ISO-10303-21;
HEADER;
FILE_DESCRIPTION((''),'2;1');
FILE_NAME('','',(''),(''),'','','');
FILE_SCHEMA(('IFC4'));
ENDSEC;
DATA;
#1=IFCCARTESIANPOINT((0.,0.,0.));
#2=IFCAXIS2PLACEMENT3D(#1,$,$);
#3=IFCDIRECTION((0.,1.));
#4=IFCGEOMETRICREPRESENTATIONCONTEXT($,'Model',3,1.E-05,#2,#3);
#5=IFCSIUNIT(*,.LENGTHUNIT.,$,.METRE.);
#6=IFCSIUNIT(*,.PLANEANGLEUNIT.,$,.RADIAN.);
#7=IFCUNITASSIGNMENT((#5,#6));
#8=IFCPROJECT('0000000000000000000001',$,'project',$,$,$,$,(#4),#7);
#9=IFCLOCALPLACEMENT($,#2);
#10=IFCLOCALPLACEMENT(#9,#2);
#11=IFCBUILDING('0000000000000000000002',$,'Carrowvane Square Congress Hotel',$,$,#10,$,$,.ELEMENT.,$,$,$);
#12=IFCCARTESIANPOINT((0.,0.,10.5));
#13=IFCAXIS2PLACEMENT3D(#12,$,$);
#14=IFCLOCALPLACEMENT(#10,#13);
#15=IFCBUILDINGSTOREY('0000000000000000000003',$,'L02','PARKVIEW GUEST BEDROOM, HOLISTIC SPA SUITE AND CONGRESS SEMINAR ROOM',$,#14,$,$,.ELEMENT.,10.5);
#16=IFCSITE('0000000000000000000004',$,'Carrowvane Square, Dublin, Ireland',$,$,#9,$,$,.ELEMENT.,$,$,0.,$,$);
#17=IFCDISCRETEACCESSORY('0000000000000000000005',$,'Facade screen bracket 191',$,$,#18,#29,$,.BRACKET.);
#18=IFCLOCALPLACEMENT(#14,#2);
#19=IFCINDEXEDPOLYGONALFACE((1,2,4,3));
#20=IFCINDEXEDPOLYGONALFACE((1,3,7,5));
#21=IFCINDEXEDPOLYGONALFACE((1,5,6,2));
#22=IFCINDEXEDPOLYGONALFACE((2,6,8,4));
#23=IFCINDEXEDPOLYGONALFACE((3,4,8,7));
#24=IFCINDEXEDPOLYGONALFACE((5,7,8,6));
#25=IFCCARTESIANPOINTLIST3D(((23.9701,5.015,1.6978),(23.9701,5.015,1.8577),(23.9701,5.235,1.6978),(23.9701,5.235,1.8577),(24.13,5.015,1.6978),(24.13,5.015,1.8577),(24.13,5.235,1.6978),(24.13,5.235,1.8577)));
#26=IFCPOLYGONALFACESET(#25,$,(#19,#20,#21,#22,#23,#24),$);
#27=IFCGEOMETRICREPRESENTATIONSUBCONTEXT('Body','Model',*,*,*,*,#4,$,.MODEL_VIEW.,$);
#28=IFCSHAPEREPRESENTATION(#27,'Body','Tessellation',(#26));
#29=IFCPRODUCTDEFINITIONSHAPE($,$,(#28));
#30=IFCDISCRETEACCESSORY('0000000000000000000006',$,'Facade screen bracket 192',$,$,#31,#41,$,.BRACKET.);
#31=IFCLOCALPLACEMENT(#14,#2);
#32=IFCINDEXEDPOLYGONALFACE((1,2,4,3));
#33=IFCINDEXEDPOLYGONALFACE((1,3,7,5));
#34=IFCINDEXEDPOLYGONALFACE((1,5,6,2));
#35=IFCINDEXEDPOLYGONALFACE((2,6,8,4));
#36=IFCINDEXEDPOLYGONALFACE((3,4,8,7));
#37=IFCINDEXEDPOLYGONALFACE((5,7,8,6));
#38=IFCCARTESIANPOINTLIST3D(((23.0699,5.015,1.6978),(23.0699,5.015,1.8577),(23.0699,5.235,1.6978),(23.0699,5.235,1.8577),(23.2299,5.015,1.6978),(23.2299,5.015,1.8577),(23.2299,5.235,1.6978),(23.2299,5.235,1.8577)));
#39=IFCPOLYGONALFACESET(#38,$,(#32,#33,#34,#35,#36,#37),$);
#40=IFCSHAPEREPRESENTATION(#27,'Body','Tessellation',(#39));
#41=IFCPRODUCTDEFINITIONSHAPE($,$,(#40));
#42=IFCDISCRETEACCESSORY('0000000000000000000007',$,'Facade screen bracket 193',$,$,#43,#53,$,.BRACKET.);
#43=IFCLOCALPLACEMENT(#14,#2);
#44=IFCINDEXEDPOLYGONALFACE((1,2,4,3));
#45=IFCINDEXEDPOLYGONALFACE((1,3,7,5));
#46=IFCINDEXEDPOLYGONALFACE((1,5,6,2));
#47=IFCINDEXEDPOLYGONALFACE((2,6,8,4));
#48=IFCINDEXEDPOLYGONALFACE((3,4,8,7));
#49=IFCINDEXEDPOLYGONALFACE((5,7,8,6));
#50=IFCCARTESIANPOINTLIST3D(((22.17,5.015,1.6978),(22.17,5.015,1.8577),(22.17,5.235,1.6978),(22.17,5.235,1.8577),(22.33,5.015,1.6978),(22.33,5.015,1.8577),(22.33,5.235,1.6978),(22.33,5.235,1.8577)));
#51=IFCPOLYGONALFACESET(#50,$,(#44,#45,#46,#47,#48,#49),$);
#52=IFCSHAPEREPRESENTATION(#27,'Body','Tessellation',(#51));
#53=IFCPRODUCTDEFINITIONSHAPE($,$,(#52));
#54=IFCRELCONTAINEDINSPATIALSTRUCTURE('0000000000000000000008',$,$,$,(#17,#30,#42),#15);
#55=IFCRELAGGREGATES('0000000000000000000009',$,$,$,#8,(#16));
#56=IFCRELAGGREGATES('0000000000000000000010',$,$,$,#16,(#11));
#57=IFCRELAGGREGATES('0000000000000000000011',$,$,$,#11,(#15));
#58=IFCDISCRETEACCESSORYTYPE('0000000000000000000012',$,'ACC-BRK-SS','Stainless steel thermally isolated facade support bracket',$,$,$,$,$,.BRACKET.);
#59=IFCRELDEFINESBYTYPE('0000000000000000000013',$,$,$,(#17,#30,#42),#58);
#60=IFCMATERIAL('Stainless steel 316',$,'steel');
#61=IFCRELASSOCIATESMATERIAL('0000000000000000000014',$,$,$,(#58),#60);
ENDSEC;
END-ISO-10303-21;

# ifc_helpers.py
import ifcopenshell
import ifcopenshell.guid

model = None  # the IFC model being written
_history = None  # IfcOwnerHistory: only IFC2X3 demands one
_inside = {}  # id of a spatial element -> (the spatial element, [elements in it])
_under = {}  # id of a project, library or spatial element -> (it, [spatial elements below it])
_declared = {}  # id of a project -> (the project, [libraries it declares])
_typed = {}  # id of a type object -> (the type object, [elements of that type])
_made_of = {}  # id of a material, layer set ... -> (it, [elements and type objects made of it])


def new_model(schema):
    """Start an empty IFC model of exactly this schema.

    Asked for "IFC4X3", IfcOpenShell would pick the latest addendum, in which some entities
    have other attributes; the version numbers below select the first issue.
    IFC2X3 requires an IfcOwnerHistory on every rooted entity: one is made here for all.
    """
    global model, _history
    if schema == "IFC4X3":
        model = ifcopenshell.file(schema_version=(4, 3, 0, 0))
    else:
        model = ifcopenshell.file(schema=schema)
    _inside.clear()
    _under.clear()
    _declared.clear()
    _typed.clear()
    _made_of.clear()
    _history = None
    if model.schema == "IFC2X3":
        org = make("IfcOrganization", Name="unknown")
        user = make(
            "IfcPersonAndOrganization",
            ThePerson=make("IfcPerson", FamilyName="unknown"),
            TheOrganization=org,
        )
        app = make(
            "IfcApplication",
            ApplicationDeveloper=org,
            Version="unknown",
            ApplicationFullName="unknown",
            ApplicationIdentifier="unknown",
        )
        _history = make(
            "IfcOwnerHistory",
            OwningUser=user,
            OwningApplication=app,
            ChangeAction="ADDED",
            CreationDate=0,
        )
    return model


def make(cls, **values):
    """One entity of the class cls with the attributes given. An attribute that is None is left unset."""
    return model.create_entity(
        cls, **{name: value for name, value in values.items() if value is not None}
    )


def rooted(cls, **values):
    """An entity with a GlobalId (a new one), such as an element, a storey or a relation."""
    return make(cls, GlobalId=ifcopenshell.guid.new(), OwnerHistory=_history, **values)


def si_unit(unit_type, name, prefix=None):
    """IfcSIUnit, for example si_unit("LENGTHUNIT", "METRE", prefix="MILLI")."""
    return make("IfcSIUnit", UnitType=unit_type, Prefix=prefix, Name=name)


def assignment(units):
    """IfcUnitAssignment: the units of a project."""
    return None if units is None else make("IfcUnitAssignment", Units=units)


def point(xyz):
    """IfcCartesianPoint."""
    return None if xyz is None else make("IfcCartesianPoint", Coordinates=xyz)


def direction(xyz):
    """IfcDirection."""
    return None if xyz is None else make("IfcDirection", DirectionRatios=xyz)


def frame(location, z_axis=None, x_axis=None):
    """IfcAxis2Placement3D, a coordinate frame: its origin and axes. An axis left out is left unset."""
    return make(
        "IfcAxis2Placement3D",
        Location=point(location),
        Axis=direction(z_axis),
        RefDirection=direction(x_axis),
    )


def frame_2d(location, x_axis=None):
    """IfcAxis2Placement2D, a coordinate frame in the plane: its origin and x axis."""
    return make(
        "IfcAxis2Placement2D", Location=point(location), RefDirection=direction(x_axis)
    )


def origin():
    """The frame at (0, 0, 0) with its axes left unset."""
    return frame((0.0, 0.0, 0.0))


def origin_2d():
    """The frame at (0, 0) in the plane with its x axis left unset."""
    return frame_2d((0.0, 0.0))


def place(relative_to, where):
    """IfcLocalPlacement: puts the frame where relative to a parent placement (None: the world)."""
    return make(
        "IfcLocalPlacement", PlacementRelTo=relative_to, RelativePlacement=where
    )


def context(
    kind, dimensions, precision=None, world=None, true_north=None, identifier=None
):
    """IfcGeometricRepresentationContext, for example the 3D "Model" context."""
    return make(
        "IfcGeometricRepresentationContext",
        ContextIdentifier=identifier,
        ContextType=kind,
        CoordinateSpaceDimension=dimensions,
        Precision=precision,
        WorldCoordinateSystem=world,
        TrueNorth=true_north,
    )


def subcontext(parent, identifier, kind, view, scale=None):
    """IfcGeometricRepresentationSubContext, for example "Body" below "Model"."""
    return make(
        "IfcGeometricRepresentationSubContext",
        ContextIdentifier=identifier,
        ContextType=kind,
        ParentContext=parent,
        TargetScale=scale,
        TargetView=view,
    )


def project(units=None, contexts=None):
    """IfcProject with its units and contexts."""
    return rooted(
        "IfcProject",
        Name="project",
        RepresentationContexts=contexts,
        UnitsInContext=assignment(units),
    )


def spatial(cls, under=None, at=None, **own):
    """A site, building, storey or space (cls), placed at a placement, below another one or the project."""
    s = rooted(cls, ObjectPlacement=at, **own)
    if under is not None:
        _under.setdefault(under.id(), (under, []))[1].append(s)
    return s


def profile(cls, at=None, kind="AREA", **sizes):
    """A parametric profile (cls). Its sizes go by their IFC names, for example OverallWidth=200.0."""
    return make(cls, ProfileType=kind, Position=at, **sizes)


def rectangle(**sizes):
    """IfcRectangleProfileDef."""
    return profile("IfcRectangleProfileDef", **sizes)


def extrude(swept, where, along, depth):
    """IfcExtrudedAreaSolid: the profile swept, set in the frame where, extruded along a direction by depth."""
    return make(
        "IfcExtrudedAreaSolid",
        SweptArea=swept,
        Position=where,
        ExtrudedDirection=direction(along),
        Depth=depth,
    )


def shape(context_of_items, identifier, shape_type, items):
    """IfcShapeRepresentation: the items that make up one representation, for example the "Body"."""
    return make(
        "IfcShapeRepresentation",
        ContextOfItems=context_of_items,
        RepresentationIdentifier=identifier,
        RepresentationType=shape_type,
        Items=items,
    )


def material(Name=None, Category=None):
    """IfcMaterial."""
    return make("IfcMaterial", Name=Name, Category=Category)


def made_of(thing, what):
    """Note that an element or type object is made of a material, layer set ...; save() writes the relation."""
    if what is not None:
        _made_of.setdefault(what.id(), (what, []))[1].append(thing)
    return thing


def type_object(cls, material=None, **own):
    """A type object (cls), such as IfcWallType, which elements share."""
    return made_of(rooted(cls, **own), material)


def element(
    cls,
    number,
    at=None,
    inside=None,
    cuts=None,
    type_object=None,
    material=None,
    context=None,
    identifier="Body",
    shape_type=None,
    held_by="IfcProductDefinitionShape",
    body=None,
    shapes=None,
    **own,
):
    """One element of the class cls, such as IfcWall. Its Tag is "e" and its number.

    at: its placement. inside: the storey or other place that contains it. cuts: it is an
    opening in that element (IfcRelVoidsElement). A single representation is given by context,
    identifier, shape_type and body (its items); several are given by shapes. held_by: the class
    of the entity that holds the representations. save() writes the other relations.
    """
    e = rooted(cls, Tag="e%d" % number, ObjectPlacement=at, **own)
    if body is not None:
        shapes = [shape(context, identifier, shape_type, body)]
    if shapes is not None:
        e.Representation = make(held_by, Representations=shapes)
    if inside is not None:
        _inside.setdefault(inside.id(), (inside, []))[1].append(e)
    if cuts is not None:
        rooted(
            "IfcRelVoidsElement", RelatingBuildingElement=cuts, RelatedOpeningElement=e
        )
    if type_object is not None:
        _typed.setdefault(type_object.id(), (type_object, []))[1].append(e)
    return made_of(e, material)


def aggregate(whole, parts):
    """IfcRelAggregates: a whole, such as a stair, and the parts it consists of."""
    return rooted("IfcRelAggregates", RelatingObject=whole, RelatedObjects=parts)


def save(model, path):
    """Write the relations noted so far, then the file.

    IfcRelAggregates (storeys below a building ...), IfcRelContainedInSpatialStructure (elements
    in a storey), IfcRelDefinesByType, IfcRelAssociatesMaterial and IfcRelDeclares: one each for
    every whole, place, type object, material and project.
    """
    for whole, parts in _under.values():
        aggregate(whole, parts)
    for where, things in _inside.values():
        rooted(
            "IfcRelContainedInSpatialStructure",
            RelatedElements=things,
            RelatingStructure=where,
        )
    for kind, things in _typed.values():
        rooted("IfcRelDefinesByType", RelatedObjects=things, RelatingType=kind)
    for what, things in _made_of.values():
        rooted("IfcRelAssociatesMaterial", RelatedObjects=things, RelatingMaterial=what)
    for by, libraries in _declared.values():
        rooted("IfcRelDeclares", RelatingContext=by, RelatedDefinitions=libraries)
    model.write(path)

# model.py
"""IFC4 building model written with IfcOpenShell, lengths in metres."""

from ifc_helpers import new_model, si_unit, direction, frame, origin, origin_2d, place, context, subcontext, project, spatial, rectangle, extrude, material, type_object, element, save


model = new_model("IFC4")

# Units and contexts
model_context = context("Model", 3, precision=1e-05, world=origin(), true_north=direction((0.0, 1.0)))
body_context = subcontext(model_context, "Body", "Model", "MODEL_VIEW")
ifc_project = project(units=[si_unit("LENGTHUNIT", "METRE"), si_unit("PLANEANGLEUNIT", "RADIAN")], contexts=[model_context])

# Site, building, storey
site_placement = place(None, origin())
site = spatial("IfcSite", under=ifc_project, at=site_placement, Name="Carrowvane Square, Dublin, Ireland", CompositionType="ELEMENT", RefElevation=0.0)
building_placement = place(site_placement, origin())
building = spatial("IfcBuilding", under=site, at=building_placement, Name="Carrowvane Square Congress Hotel", CompositionType="ELEMENT")
storey_placement = place(building_placement, frame((0.0, 0.0, 10.5)))
storey = spatial("IfcBuildingStorey", under=building, at=storey_placement, Name="L02", Description="PARKVIEW GUEST BEDROOM, HOLISTIC SPA SUITE AND CONGRESS SEMINAR ROOM", CompositionType="ELEMENT", Elevation=10.5)

# Discrete accessories
ifc_material_1 = material(Name="Stainless steel 316", Category="steel")
discrete_accessory_type = type_object("IfcDiscreteAccessoryType", Name="ACC-BRK-SS", Description="Stainless steel thermally isolated facade support bracket", PredefinedType="BRACKET", material=ifc_material_1)
for number, where, z_axis, x_axis, name in (
    (1, (24.05, 5.125, 1.6978), (0.0, 0.0, 1.0), (-1.0, 0.0, 0.0), "Facade screen bracket 191"),
    (2, (23.1499, 5.125, 1.6978), (0.0, 0.0, 1.0), (-1.0, 0.0, 0.0), "Facade screen bracket 192"),
    (3, (22.25, 5.125, 1.6978), (0.0, 0.0, 1.0), (-1.0, 0.0, 0.0), "Facade screen bracket 193"),
):
    element("IfcDiscreteAccessory", number, at=place(storey_placement, frame(where, z_axis=z_axis, x_axis=x_axis)), inside=storey, type_object=discrete_accessory_type, Name=name, PredefinedType="BRACKET", context=body_context, shape_type="SweptSolid", body=[
        extrude(rectangle(XDim=0.1599, YDim=0.22, at=origin_2d()), origin(), (0.0, 0.0, 1.0), 0.1599),
    ])

save(model, "model.ifc")
